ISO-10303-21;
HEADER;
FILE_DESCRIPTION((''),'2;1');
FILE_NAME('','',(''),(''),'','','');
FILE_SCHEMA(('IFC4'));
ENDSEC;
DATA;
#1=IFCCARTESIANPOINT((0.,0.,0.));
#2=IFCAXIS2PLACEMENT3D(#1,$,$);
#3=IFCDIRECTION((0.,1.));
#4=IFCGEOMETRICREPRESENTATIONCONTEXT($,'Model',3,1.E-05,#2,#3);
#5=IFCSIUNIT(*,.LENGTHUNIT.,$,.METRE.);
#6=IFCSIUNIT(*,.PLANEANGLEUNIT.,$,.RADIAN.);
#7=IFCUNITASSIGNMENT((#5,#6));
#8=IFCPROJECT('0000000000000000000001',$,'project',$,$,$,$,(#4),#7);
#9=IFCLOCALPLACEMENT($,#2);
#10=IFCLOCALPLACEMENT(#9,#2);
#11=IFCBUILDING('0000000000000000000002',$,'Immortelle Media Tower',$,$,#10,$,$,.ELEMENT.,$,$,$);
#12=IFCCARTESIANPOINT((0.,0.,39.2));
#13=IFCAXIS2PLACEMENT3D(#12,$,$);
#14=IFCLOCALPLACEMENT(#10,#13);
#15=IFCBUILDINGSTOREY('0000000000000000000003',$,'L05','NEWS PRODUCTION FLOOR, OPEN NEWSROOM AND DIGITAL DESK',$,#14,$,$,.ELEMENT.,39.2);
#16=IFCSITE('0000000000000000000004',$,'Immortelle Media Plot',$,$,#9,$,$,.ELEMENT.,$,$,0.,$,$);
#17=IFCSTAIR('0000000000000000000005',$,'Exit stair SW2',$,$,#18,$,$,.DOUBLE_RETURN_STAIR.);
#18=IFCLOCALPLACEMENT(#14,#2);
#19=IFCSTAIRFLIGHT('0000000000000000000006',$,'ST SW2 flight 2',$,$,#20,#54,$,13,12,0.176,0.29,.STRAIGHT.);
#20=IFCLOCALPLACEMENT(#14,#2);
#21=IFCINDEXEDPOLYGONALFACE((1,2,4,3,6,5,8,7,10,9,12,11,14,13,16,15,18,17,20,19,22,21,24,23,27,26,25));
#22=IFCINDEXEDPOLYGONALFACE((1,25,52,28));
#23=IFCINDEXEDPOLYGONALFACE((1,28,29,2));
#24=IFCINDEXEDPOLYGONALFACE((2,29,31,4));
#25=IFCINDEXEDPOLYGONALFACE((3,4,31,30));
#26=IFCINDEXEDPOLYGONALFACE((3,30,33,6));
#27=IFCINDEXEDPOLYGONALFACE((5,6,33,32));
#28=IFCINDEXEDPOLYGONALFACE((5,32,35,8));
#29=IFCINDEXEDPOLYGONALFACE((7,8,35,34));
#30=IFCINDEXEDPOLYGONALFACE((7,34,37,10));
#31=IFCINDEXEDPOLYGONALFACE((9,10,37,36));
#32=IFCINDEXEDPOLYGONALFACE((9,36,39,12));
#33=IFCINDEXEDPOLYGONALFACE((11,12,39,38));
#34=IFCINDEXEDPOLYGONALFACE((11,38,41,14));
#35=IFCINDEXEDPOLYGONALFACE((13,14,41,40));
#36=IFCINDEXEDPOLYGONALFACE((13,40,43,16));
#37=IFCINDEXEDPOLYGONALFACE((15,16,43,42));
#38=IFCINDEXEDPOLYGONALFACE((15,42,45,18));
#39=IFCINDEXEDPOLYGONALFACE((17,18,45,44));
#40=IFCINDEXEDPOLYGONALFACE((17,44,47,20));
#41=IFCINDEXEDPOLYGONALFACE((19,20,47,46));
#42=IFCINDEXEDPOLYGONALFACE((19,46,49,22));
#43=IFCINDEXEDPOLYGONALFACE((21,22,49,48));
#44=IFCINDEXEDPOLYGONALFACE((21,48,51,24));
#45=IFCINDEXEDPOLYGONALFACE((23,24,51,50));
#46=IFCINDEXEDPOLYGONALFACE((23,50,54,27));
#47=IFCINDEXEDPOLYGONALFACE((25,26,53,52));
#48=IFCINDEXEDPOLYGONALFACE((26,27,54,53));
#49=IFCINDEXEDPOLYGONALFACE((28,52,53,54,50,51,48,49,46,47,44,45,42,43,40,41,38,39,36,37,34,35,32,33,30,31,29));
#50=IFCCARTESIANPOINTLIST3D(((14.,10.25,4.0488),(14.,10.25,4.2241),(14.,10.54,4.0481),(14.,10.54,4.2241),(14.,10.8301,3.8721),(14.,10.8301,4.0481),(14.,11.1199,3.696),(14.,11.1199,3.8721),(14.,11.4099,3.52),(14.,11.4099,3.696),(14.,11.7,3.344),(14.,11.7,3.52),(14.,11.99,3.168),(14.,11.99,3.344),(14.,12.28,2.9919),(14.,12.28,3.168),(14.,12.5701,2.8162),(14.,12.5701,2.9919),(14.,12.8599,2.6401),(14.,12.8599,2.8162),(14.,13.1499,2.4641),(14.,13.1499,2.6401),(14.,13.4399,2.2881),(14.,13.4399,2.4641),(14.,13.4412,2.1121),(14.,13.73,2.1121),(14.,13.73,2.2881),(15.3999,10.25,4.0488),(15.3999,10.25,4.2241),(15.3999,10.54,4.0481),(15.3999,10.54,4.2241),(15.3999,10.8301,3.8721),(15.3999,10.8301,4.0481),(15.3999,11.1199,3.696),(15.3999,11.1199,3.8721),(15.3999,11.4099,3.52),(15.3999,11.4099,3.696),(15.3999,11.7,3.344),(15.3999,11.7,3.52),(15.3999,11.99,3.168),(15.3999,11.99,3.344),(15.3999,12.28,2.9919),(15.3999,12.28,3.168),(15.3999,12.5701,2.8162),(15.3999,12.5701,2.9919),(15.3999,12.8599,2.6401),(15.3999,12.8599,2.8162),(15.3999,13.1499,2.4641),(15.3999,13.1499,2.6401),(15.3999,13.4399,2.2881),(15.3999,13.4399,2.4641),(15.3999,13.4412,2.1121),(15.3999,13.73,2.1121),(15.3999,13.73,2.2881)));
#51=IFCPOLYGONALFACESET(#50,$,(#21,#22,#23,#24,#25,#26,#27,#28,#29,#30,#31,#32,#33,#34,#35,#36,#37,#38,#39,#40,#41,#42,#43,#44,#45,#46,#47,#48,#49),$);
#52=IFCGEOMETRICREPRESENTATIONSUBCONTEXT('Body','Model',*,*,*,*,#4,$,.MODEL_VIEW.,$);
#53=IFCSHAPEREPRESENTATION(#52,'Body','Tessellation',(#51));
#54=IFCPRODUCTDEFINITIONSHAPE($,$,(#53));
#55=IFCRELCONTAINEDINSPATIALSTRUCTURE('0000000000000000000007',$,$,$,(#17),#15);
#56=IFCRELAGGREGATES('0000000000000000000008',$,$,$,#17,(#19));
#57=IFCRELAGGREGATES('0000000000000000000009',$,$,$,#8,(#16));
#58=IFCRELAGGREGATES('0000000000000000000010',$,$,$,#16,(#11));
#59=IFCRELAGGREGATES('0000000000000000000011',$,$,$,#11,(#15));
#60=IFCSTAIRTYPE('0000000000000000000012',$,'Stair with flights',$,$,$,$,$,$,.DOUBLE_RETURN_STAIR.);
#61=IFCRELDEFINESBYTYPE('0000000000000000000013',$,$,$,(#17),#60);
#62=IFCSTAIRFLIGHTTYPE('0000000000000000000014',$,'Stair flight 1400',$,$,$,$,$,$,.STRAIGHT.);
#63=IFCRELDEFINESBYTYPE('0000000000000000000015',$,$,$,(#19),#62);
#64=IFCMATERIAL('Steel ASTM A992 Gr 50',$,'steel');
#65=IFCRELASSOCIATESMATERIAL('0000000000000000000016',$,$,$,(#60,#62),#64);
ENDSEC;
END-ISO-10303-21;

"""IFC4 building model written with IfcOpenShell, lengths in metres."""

from ifc_helpers import new_model, si_unit, direction, frame, origin, place, context, subcontext, project, spatial, polyline, outline, extrude, material, type_object, element, aggregate, save


model = new_model("IFC4")

# Units and contexts
model_context = context("Model", 3, precision=1e-05, world=origin(), true_north=direction((0.0, 1.0)))
body_context = subcontext(model_context, "Body", "Model", "MODEL_VIEW")
ifc_project = project(units=[si_unit("LENGTHUNIT", "METRE"), si_unit("PLANEANGLEUNIT", "RADIAN")], contexts=[model_context])

# Site, building, storey
site_placement = place(None, origin())
site = spatial("IfcSite", under=ifc_project, at=site_placement, Name="Immortelle Media Plot", CompositionType="ELEMENT", RefElevation=0.0)
building_placement = place(site_placement, origin())
building = spatial("IfcBuilding", under=site, at=building_placement, Name="Immortelle Media Tower", CompositionType="ELEMENT")
storey_placement = place(building_placement, frame((0.0, 0.0, 39.2)))
storey = spatial("IfcBuildingStorey", under=building, at=storey_placement, Name="L05", Description="NEWS PRODUCTION FLOOR, OPEN NEWSROOM AND DIGITAL DESK", CompositionType="ELEMENT", Elevation=39.2)

# Shared definitions
ifc_material_1 = material(Name="Steel ASTM A992 Gr 50", Category="steel")

# Shared definitions
stair_type = type_object("IfcStairType", Name="Stair with flights", PredefinedType="DOUBLE_RETURN_STAIR", material=ifc_material_1)
stair_flight_type = type_object("IfcStairFlightType", Name="Stair flight 1400", PredefinedType="STRAIGHT", material=ifc_material_1)

# Stair, stair flight
stair_1_placement = place(storey_placement, origin())
stair_1 = element("IfcStair", 1, at=stair_1_placement, inside=storey, type_object=stair_type, Name="Exit stair SW2", PredefinedType="DOUBLE_RETURN_STAIR")
stair_flight_1_placement = place(storey_placement, frame((14.7, 13.73, 2.1121), z_axis=(0.0, 0.0, 1.0), x_axis=(0.0, -1.0, 0.0)))
stair_flight_1 = element("IfcStairFlight", 2, at=stair_flight_1_placement, type_object=stair_flight_type, Name="ST SW2 flight 2", NumberOfRisers=13, NumberOfTreads=12, PredefinedType="STRAIGHT", RiserHeight=0.176, TreadLength=0.29, context=body_context, shape_type="SweptSolid", body=[
    extrude(outline(polyline([(0.0, 0.0), (0.0, 0.176), (0.29, 0.176), (0.29, 0.3521), (0.5801, 0.3521), (0.5801, 0.5281), (0.8701, 0.5281), (0.8701, 0.7041), (1.1599, 0.7041), (1.1599, 0.8799), (1.45, 0.8799), (1.45, 1.0559), (1.74, 1.0559), (1.74, 1.2319), (2.03, 1.2319), (2.03, 1.408), (2.3201, 1.408), (2.3201, 1.584), (2.6101, 1.584), (2.6101, 1.76), (2.8999, 1.76), (2.8999, 1.936), (3.1899, 1.936), (3.1899, 2.1121), (3.48, 2.1121), (3.48, 2.2881), (3.48, 1.9368), (0.2888, 0.0), (0.0, 0.0)])), frame((0.0, 0.7, 0.0), z_axis=(0.0, -1.0, 0.0), x_axis=(1.0, 0.0, 0.0)), (0.0, 0.0, 1.0), 1.3999),
])
aggregate(stair_1, [stair_flight_1])

save(model, "model.ifc")
